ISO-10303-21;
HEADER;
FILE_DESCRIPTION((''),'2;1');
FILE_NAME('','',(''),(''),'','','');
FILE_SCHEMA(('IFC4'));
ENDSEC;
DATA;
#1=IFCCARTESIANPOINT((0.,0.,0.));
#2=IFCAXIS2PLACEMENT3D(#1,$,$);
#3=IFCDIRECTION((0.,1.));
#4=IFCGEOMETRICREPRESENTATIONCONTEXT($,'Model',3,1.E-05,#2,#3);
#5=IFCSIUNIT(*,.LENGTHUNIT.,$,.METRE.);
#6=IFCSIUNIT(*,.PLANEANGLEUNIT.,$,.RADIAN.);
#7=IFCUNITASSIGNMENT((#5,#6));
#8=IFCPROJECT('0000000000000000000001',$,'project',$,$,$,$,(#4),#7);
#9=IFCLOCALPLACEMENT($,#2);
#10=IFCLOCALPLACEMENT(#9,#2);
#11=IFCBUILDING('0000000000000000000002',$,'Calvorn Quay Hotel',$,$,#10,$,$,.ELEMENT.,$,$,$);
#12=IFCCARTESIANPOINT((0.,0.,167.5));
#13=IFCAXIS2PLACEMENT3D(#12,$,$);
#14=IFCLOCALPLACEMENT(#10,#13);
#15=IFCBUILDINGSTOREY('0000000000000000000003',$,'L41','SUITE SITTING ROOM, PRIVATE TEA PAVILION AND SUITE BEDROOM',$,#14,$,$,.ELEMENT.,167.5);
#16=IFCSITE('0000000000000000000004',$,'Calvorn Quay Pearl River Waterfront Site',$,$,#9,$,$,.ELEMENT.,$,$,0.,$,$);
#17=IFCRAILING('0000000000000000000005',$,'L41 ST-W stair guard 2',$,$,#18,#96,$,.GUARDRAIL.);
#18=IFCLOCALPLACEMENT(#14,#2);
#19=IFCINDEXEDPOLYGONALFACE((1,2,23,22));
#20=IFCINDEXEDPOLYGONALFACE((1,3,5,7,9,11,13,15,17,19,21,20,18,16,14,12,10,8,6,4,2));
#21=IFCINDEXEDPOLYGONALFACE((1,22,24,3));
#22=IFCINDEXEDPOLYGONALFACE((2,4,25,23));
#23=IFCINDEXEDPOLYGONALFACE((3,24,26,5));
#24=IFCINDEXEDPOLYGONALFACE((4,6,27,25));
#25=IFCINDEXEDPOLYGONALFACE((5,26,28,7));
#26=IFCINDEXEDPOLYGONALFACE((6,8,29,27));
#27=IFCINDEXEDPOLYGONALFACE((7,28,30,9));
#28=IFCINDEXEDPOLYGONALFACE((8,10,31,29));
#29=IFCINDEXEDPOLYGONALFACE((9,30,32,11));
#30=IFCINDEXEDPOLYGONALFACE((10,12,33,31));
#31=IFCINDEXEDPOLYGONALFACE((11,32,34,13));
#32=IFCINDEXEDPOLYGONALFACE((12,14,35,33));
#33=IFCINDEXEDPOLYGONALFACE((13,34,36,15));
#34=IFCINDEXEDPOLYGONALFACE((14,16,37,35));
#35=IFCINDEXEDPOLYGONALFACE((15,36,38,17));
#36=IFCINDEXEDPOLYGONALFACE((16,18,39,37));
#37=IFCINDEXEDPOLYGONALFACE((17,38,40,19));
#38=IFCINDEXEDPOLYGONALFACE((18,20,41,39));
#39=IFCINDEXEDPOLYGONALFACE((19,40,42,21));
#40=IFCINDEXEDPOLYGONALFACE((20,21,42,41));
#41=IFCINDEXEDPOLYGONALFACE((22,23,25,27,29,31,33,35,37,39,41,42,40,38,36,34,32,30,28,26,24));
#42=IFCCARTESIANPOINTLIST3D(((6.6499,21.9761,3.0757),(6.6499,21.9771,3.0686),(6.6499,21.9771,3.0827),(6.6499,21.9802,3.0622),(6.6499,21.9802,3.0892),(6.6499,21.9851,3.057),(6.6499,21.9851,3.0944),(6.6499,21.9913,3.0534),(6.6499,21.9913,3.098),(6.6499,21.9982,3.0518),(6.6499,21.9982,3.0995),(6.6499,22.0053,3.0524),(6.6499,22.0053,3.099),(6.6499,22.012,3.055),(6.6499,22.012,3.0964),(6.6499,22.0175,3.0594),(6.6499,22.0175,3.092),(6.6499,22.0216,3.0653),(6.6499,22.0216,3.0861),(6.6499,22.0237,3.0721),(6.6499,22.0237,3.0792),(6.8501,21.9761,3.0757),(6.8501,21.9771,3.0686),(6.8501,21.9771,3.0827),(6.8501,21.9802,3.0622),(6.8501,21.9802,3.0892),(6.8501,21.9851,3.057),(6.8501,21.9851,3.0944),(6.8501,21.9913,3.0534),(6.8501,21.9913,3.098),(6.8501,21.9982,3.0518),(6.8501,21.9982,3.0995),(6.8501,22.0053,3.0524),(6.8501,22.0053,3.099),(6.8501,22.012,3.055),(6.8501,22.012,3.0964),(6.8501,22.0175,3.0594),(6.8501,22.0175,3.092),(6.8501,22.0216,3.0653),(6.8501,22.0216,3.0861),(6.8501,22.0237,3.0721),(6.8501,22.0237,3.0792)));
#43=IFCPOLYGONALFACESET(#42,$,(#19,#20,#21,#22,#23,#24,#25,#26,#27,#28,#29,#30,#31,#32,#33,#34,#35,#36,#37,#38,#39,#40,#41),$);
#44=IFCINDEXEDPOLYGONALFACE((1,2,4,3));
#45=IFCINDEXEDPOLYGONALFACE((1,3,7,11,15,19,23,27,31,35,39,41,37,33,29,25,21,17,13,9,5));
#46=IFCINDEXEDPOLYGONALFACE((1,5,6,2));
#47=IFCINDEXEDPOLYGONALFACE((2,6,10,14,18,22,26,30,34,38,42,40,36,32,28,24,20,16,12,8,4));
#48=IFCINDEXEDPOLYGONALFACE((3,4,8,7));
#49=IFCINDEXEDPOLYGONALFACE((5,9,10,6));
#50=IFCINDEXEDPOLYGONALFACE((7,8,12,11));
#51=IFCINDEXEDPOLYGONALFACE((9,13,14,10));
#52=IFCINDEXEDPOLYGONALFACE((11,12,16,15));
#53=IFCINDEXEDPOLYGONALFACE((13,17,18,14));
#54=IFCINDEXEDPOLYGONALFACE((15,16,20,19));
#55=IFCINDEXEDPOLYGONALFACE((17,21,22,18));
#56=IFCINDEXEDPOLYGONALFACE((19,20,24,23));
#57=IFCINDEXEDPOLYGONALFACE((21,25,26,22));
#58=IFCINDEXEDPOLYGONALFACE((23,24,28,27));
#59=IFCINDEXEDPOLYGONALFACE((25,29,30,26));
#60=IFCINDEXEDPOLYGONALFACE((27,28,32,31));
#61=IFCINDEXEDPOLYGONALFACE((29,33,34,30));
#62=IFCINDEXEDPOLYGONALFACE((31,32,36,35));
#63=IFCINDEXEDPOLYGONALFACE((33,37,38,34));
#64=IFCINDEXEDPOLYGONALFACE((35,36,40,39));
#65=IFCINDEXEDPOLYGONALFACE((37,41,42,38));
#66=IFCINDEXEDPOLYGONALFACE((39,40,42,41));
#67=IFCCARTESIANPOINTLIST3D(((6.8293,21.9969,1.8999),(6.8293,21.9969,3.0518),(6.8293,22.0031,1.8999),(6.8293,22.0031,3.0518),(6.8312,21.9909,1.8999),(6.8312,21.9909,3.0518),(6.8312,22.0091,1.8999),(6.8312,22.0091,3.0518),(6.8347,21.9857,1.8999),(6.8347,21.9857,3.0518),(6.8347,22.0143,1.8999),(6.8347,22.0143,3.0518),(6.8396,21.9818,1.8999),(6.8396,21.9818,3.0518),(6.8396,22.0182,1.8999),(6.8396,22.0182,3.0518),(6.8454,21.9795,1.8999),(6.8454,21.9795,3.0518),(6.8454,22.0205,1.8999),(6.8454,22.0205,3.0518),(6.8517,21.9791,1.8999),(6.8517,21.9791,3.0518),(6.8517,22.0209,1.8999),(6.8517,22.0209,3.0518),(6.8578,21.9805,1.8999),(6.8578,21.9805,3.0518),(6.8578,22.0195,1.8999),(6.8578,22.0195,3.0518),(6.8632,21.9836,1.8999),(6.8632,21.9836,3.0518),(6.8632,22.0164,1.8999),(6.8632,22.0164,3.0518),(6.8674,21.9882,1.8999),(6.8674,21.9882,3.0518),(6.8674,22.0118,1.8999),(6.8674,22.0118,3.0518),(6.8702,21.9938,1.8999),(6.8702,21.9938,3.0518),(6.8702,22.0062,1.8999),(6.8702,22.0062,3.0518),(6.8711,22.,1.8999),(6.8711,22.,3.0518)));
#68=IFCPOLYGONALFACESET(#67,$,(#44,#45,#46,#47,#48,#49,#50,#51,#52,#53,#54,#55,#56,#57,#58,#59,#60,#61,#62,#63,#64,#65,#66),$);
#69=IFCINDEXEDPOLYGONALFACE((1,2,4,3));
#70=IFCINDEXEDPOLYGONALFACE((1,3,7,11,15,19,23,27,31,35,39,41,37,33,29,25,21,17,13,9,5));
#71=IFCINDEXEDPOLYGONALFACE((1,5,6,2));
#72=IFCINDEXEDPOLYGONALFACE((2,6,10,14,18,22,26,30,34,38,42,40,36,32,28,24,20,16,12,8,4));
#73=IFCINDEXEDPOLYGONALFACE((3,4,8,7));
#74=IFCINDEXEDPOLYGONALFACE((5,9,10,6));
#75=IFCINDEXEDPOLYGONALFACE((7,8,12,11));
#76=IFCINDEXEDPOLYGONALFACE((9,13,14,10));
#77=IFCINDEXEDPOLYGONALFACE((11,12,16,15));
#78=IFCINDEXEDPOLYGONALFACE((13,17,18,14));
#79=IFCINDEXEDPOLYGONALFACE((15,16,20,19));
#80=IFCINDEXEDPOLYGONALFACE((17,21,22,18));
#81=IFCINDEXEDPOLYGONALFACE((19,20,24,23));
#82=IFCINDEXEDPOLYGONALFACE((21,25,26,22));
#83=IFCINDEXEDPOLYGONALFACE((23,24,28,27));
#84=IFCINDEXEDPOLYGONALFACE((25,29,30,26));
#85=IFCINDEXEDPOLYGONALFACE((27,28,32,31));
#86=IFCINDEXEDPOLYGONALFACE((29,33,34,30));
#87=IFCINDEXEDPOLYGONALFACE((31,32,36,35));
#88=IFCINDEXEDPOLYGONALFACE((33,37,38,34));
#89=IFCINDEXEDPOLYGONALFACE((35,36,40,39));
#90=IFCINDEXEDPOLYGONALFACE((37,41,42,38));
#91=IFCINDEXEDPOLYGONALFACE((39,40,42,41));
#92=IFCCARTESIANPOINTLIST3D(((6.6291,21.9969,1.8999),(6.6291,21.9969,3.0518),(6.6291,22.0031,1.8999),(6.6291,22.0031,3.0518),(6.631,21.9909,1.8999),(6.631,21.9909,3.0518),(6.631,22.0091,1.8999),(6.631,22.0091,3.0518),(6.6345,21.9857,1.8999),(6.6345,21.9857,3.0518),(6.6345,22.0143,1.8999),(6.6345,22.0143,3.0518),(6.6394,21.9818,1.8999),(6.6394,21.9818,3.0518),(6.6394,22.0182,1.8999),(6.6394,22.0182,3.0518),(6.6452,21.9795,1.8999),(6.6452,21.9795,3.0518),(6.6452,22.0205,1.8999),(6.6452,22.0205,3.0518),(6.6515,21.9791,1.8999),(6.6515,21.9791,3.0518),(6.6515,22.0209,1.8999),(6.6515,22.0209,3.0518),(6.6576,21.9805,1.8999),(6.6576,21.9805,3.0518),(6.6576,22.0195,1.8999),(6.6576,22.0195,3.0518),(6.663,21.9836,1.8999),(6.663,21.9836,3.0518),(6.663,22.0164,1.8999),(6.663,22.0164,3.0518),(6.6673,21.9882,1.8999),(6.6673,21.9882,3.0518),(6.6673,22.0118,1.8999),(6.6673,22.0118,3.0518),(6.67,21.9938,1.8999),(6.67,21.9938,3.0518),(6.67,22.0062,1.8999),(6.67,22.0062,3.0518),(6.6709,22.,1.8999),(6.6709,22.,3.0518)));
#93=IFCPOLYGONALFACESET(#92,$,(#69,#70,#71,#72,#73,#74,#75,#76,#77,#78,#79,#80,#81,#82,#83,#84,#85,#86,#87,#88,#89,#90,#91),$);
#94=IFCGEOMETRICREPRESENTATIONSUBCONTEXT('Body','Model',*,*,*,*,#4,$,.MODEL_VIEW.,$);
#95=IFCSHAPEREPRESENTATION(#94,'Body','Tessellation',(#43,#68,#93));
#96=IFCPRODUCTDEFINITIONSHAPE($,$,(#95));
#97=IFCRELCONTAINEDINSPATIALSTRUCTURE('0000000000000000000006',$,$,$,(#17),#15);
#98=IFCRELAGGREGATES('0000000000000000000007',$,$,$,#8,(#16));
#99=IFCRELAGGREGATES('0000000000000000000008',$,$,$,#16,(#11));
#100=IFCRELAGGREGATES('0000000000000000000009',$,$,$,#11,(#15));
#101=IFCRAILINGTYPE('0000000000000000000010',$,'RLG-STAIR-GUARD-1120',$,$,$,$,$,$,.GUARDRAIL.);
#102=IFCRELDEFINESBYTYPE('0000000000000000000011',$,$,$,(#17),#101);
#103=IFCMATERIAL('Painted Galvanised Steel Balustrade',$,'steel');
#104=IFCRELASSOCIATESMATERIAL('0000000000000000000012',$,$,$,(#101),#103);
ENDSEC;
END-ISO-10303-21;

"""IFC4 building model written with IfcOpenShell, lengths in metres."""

from ifc_helpers import new_model, si_unit, direction, frame, origin, origin_2d, place, context, subcontext, project, spatial, circle, extrude, material, type_object, element, save


model = new_model("IFC4")

# Units and contexts
model_context = context("Model", 3, precision=1e-05, world=origin(), true_north=direction((0.0, 1.0)))
body_context = subcontext(model_context, "Body", "Model", "MODEL_VIEW")
ifc_project = project(units=[si_unit("LENGTHUNIT", "METRE"), si_unit("PLANEANGLEUNIT", "RADIAN")], contexts=[model_context])

# Site, building, storey
site_placement = place(None, origin())
site = spatial("IfcSite", under=ifc_project, at=site_placement, Name="Calvorn Quay Pearl River Waterfront Site", CompositionType="ELEMENT", RefElevation=0.0)
building_placement = place(site_placement, origin())
building = spatial("IfcBuilding", under=site, at=building_placement, Name="Calvorn Quay Hotel", CompositionType="ELEMENT")
storey_placement = place(building_placement, frame((0.0, 0.0, 167.5)))
storey = spatial("IfcBuildingStorey", under=building, at=storey_placement, Name="L41", Description="SUITE SITTING ROOM, PRIVATE TEA PAVILION AND SUITE BEDROOM", CompositionType="ELEMENT", Elevation=167.5)

# Railing
ifc_material_1 = material(Name="Painted Galvanised Steel Balustrade", Category="steel")
railing_type_1 = type_object("IfcRailingType", Name="RLG-STAIR-GUARD-1120", PredefinedType="GUARDRAIL", material=ifc_material_1)
railing_1_placement = place(storey_placement, frame((6.8501, 22.0, 1.8999)))
element("IfcRailing", 1, at=railing_1_placement, inside=storey, type_object=railing_type_1, Name="L41 ST-W stair guard 2", PredefinedType="GUARDRAIL", context=body_context, shape_type="SweptSolid", body=[
    extrude(circle(Radius=0.0239, at=origin_2d()), frame((0.0, 0.0, 1.1758), z_axis=(-1.0, 0.0, 0.0), x_axis=(0.0, -1.0, 0.0)), (0.0, 0.0, 1.0), 0.2002),
    extrude(circle(Radius=0.021, at=origin_2d()), origin(), (0.0, 0.0, 1.0), 1.1519),
    extrude(circle(Radius=0.021, at=origin_2d()), frame((-0.2002, 0.0, 0.0)), (0.0, 0.0, 1.0), 1.1519),
])

save(model, "model.ifc")
